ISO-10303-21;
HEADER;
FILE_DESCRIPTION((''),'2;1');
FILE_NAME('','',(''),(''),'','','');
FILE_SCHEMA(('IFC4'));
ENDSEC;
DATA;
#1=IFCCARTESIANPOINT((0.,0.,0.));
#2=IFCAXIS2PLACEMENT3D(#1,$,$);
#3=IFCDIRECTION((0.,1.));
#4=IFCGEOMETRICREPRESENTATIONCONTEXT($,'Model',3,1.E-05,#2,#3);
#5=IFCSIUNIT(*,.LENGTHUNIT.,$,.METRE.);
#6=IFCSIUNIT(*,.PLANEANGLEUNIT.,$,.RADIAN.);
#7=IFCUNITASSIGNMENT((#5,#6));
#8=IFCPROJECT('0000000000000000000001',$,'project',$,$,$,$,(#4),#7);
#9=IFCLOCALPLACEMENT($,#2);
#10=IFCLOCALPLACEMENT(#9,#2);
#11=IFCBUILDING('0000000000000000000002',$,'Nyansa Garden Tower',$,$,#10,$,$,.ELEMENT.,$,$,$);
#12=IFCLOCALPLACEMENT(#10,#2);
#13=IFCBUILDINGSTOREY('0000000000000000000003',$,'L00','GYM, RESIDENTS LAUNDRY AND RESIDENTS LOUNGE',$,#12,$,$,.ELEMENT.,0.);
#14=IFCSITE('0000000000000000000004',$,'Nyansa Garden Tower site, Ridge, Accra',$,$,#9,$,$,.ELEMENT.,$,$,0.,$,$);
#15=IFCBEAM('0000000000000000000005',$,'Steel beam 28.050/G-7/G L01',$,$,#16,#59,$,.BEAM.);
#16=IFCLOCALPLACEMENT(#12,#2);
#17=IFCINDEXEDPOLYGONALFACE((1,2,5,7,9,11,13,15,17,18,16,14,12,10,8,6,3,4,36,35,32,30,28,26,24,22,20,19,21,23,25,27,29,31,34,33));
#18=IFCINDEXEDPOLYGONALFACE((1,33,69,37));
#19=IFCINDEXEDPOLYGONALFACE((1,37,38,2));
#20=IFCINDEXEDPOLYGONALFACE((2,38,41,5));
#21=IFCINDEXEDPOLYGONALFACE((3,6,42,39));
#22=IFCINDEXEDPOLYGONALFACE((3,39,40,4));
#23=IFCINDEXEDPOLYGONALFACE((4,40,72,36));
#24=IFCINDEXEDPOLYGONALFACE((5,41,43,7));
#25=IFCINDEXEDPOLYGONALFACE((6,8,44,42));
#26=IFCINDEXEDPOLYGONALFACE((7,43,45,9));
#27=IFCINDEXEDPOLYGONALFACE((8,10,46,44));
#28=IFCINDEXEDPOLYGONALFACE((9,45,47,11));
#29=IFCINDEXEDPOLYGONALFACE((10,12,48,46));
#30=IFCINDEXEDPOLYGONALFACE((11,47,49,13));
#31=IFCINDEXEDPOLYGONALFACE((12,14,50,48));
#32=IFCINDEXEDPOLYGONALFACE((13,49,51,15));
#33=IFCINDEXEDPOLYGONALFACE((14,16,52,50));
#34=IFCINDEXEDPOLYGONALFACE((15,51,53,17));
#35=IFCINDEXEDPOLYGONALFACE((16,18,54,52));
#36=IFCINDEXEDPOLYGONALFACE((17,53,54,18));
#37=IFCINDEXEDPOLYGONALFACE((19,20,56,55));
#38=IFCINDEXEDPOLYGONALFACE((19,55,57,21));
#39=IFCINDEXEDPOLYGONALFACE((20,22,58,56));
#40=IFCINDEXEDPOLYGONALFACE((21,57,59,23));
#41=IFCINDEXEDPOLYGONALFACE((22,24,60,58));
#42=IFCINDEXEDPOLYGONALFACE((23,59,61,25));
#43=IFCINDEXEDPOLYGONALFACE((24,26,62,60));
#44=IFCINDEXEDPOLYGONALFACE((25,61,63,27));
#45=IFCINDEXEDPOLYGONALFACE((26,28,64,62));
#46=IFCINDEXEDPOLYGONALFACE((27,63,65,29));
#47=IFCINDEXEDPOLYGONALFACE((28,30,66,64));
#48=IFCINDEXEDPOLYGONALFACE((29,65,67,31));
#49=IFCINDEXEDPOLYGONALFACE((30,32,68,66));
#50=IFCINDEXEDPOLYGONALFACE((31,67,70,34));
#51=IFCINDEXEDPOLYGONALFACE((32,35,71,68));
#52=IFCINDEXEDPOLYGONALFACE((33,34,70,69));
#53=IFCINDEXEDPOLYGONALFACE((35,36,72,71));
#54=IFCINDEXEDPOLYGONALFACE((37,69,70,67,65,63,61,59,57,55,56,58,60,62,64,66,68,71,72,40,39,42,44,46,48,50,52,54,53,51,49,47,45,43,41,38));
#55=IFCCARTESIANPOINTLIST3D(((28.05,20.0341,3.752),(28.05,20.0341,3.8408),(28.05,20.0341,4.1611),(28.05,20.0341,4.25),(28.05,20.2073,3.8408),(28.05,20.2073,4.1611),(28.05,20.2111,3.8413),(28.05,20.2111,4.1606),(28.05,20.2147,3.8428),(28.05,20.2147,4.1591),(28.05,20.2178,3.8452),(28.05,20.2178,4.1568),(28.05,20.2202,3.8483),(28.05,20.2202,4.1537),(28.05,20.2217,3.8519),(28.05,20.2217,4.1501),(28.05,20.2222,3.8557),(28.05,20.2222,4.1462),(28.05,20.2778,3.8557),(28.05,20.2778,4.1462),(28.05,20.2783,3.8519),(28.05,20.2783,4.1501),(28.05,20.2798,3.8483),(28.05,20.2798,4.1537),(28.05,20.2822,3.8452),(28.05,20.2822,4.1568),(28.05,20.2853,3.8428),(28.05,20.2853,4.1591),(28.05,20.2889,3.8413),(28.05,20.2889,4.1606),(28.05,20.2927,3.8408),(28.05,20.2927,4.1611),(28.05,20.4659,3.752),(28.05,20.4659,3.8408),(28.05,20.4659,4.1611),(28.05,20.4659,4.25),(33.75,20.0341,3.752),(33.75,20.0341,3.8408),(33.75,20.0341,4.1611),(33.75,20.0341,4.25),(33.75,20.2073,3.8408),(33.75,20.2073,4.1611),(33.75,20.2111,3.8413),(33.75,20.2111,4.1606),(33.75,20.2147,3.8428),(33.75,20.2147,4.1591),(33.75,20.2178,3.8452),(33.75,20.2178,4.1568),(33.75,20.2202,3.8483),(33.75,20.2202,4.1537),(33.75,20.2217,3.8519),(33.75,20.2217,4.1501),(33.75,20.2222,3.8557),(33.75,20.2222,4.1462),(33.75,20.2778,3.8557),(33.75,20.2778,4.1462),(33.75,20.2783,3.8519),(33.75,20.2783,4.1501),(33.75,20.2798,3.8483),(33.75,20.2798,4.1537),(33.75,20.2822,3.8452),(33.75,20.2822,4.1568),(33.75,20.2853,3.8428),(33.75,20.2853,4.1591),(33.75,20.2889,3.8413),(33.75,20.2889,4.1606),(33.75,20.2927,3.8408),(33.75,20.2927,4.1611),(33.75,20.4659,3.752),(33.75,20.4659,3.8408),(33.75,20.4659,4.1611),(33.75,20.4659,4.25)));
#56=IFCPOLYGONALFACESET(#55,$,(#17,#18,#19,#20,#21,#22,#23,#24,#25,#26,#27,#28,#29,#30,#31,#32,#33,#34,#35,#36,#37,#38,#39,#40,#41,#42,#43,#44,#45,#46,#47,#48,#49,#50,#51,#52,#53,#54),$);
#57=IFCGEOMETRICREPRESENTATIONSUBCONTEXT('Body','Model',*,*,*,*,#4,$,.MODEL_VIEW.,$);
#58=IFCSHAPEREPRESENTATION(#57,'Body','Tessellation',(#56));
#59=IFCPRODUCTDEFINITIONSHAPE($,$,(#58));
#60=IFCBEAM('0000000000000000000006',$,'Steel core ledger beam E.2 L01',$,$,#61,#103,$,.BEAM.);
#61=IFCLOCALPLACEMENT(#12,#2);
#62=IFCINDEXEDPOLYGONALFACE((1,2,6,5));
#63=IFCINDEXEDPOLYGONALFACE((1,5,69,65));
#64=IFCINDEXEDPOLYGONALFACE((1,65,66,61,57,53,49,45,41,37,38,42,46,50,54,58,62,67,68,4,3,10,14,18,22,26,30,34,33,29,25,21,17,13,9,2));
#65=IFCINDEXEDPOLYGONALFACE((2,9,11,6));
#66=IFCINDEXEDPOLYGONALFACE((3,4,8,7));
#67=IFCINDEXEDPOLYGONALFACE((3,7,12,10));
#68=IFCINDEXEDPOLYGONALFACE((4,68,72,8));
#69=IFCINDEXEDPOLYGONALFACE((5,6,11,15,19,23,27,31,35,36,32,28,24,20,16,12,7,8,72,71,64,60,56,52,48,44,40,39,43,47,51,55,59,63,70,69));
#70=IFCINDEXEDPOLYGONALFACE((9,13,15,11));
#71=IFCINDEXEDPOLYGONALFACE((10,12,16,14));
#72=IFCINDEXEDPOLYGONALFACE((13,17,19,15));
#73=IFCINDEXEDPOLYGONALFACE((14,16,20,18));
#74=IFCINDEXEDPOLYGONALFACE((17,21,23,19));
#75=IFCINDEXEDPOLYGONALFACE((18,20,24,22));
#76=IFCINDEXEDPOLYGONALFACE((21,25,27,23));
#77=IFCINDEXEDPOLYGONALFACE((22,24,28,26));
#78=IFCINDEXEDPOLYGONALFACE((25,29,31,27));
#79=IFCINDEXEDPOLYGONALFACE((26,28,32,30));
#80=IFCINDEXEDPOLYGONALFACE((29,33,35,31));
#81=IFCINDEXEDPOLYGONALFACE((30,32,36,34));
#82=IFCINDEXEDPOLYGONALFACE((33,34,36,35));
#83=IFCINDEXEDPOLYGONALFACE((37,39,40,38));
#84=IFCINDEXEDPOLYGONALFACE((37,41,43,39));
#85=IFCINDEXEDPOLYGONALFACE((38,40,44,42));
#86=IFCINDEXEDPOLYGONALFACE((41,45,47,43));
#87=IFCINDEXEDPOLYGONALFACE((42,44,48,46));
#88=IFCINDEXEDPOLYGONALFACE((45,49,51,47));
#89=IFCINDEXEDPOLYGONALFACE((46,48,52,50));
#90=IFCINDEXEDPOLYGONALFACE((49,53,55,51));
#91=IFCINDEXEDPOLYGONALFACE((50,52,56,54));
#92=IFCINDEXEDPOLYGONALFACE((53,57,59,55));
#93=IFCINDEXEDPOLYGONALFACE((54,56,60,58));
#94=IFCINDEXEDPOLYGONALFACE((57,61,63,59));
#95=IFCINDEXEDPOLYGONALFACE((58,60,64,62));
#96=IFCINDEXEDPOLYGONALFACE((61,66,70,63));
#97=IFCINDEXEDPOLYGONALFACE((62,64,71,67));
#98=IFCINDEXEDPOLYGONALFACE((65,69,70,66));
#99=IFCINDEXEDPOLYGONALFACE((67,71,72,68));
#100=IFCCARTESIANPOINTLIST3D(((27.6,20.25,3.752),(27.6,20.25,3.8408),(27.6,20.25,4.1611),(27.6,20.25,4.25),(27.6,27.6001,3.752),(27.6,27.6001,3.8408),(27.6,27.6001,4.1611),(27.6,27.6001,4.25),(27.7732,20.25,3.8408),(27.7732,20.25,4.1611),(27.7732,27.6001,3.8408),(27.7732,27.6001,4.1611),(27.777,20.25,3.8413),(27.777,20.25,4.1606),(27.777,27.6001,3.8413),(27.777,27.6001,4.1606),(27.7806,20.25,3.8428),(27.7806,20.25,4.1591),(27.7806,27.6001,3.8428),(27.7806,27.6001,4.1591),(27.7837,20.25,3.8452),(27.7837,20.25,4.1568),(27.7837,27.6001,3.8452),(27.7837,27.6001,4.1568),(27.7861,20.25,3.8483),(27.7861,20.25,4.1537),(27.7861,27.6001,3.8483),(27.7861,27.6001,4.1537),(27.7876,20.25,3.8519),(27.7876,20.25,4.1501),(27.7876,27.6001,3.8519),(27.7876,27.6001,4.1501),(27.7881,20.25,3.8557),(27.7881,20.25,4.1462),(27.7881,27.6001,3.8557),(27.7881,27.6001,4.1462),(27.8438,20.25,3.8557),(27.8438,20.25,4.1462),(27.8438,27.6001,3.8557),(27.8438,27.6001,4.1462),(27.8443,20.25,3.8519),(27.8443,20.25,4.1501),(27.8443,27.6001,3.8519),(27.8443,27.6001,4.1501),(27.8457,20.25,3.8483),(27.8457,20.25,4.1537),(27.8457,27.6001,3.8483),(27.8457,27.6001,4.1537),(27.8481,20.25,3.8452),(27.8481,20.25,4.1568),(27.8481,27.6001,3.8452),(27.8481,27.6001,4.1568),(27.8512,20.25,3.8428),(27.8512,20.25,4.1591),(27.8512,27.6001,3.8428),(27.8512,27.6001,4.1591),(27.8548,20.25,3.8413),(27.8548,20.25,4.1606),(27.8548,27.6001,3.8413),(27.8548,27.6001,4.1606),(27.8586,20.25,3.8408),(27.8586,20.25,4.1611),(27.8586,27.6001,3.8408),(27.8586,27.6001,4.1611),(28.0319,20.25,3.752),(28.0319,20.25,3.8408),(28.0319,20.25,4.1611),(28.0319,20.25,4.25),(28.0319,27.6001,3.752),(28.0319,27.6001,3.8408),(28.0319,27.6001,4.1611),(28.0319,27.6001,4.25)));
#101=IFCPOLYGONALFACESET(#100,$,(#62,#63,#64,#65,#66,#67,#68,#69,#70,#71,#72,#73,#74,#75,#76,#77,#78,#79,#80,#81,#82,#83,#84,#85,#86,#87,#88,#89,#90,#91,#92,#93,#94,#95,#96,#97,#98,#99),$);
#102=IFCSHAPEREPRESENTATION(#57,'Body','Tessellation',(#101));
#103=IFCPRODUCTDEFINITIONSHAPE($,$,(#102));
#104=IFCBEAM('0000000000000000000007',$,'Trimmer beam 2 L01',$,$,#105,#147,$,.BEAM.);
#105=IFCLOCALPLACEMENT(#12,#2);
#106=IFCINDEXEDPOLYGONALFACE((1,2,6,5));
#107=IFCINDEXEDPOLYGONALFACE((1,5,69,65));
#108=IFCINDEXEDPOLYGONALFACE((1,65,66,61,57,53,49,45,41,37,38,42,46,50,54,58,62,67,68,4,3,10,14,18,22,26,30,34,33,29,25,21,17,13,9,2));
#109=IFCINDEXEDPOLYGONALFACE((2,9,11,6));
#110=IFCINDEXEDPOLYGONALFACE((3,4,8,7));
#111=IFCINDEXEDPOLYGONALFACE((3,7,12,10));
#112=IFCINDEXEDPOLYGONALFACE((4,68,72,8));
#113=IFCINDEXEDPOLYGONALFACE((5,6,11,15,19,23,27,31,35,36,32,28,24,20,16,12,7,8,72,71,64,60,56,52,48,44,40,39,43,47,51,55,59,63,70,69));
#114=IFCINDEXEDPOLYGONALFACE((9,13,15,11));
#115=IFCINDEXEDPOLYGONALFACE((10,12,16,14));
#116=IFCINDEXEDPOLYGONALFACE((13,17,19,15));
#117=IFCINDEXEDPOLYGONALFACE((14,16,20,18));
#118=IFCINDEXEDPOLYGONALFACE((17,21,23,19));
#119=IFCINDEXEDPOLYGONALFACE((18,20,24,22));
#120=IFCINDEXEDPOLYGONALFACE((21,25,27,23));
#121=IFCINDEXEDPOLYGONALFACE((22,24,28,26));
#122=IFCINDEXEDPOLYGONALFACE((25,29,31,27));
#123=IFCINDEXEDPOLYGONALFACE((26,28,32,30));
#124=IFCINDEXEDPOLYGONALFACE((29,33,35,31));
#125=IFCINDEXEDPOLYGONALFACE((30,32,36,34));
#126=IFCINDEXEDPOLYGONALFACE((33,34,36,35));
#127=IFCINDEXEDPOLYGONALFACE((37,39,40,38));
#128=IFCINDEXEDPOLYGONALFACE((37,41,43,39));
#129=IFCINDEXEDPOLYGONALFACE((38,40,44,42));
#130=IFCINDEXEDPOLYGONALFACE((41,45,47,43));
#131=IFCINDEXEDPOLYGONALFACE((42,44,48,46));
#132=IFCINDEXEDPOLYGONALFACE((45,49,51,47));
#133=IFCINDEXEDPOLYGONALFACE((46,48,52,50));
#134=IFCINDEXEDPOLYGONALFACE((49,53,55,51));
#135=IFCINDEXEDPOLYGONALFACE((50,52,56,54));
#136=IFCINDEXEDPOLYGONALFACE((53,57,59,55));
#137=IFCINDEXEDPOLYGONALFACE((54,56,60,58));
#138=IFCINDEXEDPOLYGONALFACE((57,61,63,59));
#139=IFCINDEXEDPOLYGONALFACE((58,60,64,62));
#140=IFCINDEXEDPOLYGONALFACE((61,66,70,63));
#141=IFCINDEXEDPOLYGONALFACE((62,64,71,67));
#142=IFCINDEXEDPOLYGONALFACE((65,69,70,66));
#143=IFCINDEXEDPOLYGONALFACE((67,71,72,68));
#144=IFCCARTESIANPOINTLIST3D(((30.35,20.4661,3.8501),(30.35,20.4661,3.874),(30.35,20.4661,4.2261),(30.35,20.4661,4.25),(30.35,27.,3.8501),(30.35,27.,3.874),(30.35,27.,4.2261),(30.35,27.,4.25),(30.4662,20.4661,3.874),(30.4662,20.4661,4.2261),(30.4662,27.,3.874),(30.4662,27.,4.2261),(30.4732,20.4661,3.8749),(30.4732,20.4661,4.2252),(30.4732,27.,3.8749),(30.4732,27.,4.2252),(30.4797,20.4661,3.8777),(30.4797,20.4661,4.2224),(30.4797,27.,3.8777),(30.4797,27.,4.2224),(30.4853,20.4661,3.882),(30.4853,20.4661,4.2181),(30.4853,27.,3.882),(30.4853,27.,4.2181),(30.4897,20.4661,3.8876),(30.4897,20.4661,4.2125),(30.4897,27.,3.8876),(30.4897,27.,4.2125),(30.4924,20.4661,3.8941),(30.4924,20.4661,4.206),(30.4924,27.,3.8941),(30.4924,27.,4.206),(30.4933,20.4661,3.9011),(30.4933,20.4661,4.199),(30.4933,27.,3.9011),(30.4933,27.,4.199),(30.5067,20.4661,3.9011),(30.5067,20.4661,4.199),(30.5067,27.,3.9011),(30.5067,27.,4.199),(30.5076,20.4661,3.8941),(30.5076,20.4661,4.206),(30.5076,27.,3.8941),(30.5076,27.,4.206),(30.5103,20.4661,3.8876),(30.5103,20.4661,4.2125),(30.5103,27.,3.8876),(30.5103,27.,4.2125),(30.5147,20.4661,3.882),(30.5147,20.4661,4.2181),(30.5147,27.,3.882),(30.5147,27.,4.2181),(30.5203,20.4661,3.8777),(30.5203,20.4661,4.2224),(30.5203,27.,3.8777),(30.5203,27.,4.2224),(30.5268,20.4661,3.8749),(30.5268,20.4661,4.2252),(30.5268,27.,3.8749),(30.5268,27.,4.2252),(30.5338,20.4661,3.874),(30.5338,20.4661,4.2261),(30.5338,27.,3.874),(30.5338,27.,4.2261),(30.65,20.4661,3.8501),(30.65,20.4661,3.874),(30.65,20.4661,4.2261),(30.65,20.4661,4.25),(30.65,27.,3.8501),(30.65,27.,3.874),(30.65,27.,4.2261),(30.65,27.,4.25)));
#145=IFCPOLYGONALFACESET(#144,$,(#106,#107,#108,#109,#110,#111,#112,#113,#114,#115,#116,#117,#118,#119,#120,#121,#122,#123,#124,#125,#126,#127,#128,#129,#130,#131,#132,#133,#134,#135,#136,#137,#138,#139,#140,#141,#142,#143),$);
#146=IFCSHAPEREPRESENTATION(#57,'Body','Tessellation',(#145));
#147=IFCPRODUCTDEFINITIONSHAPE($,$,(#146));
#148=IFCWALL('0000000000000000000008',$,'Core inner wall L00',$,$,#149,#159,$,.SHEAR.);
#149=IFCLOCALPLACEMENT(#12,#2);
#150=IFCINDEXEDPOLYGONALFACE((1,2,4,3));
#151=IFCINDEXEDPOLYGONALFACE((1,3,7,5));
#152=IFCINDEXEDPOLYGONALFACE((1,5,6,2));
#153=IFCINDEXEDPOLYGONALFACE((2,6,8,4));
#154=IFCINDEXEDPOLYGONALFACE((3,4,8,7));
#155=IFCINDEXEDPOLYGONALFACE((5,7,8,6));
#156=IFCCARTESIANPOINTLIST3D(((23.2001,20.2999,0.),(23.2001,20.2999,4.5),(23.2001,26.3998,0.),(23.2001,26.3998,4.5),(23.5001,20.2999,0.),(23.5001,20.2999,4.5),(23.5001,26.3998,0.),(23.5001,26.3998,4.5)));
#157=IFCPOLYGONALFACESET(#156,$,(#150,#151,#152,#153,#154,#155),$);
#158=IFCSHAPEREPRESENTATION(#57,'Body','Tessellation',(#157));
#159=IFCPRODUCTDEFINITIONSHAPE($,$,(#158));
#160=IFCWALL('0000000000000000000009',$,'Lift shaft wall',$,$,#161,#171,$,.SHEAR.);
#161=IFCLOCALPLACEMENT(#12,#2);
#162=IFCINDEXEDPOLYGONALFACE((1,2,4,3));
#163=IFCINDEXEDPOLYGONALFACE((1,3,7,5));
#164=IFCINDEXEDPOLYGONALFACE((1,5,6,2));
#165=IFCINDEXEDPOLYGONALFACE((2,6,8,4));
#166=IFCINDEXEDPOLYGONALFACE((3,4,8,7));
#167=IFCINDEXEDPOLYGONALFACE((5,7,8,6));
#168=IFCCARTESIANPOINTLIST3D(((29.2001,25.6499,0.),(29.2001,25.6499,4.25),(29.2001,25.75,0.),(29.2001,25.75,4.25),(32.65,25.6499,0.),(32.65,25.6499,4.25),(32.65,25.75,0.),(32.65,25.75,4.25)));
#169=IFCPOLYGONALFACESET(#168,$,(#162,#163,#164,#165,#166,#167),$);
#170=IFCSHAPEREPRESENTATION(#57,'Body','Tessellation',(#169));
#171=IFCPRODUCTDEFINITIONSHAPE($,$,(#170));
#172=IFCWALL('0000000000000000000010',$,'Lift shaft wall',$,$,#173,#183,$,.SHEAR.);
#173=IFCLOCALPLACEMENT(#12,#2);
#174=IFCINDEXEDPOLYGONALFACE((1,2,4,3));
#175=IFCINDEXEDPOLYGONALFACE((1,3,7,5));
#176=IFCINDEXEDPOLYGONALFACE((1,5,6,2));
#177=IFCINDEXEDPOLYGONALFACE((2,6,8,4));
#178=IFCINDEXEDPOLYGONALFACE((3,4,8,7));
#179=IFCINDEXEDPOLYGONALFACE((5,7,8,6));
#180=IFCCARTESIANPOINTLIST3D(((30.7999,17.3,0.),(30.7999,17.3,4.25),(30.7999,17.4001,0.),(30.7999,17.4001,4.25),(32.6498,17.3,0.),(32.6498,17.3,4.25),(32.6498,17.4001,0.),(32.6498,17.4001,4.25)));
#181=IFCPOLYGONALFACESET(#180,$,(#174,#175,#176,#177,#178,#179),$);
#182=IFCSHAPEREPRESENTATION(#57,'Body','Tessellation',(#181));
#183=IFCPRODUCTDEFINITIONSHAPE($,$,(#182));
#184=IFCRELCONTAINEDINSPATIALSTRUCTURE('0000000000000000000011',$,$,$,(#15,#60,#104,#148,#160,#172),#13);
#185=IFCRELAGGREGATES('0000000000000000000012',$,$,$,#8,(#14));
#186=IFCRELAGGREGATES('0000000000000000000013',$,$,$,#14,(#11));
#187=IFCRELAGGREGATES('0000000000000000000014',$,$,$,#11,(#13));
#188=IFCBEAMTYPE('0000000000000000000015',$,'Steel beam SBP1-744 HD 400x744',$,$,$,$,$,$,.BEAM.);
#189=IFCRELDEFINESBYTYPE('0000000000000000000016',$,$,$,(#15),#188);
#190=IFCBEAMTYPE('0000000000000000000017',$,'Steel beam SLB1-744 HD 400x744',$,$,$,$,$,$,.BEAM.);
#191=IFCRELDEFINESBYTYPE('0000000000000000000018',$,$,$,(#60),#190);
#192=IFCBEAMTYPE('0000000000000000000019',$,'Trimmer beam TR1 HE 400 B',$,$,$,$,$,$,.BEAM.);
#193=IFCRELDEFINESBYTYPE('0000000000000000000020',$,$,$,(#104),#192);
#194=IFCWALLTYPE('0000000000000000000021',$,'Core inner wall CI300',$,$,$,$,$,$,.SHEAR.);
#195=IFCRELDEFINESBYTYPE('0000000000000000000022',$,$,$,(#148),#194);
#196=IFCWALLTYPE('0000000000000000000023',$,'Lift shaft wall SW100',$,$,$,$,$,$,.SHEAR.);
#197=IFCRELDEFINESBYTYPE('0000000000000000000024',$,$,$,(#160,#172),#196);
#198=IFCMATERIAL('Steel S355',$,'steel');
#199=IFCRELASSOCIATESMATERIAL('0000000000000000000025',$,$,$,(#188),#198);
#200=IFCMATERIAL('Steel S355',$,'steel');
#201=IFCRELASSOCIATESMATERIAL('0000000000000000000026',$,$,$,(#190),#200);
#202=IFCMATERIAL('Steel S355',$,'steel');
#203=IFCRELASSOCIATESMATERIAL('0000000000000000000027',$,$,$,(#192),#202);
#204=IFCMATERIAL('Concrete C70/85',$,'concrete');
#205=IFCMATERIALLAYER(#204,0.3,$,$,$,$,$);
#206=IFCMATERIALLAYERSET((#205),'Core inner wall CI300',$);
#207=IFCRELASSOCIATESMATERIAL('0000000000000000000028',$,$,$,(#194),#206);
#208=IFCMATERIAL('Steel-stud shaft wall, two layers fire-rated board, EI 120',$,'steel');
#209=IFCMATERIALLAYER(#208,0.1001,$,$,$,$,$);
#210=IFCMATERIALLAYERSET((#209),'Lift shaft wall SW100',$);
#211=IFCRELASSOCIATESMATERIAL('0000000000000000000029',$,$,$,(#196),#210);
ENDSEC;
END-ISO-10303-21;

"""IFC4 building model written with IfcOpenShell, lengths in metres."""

from ifc_helpers import new_model, si_unit, direction, frame, frame_2d, origin, origin_2d, place, context, subcontext, project, spatial, rectangle, i_section, extrude, material, layer, layer_set, material_profile, profile_set, type_object, element, save


model = new_model("IFC4")

# Units and contexts
model_context = context("Model", 3, precision=1e-05, world=origin(), true_north=direction((0.0, 1.0)))
body_context = subcontext(model_context, "Body", "Model", "MODEL_VIEW")
ifc_project = project(units=[si_unit("LENGTHUNIT", "METRE"), si_unit("PLANEANGLEUNIT", "RADIAN")], contexts=[model_context])

# Site, building, storey
site_placement = place(None, origin())
site = spatial("IfcSite", under=ifc_project, at=site_placement, Name="Nyansa Garden Tower site, Ridge, Accra", CompositionType="ELEMENT", RefElevation=0.0)
building_placement = place(site_placement, origin())
building = spatial("IfcBuilding", under=site, at=building_placement, Name="Nyansa Garden Tower", CompositionType="ELEMENT")
storey_placement = place(building_placement, origin())
storey = spatial("IfcBuildingStorey", under=building, at=storey_placement, Name="L00", Description="GYM, RESIDENTS LAUNDRY AND RESIDENTS LOUNGE", CompositionType="ELEMENT", Elevation=0.0)

# Beams
ifc_material_1 = material(Name="Steel S355", Category="steel")
ifc_material_profile_1 = material_profile(ifc_material_1, i_section(OverallWidth=0.4319, OverallDepth=0.498, WebThickness=0.0557, FlangeThickness=0.0889, FilletRadius=0.0149, at=origin_2d()), Name="HD 400x744")
ifc_profile_set_1 = profile_set([ifc_material_profile_1], Name="Steel S355")
beam_type_1 = type_object("IfcBeamType", Name="Steel beam SBP1-744 HD 400x744", PredefinedType="BEAM", material=ifc_profile_set_1)
beam_1_placement = place(storey_placement, frame((28.05, 20.25, 4.001), z_axis=(1.0, 0.0, 0.0), x_axis=(0.0, 1.0, 0.0)))
element("IfcBeam", 1, at=beam_1_placement, inside=storey, type_object=beam_type_1, Name="Steel beam 28.050/G-7/G L01", PredefinedType="BEAM", context=body_context, shape_type="SweptSolid", body=[
    extrude(i_section(OverallWidth=0.4319, OverallDepth=0.498, WebThickness=0.0557, FlangeThickness=0.0889, FilletRadius=0.0149, at=origin_2d()), origin(), (0.0, 0.0, 1.0), 5.7),
])
ifc_material_2 = material(Name="Steel S355", Category="steel")
ifc_material_profile_2 = material_profile(ifc_material_2, i_section(OverallWidth=0.4319, OverallDepth=0.498, WebThickness=0.0557, FlangeThickness=0.0889, FilletRadius=0.0149, at=origin_2d()), Name="HD 400x744")
ifc_profile_set_2 = profile_set([ifc_material_profile_2], Name="Steel S355")
beam_type_2 = type_object("IfcBeamType", Name="Steel beam SLB1-744 HD 400x744", PredefinedType="BEAM", material=ifc_profile_set_2)
beam_2_placement = place(storey_placement, frame((27.8159, 20.25, 4.001), z_axis=(0.0, 1.0, 0.0), x_axis=(-1.0, 0.0, 0.0)))
element("IfcBeam", 2, at=beam_2_placement, inside=storey, type_object=beam_type_2, Name="Steel core ledger beam E.2 L01", PredefinedType="BEAM", context=body_context, shape_type="SweptSolid", body=[
    extrude(i_section(OverallWidth=0.4319, OverallDepth=0.498, WebThickness=0.0557, FlangeThickness=0.0889, FilletRadius=0.0149, at=origin_2d()), origin(), (0.0, 0.0, 1.0), 7.3501),
])
ifc_material_3 = material(Name="Steel S355", Category="steel")
ifc_material_profile_3 = material_profile(ifc_material_3, i_section(OverallWidth=0.3, OverallDepth=0.3999, WebThickness=0.0134, FlangeThickness=0.0239, FilletRadius=0.0271, at=origin_2d()), Name="HE 400 B")
ifc_profile_set_3 = profile_set([ifc_material_profile_3], Name="Steel S355")
beam_type_3 = type_object("IfcBeamType", Name="Trimmer beam TR1 HE 400 B", PredefinedType="BEAM", material=ifc_profile_set_3)
beam_3_placement = place(storey_placement, frame((30.5, 20.4661, 4.05), z_axis=(0.0, 1.0, 0.0), x_axis=(-1.0, 0.0, 0.0)))
element("IfcBeam", 3, at=beam_3_placement, inside=storey, type_object=beam_type_3, Name="Trimmer beam 2 L01", PredefinedType="BEAM", context=body_context, shape_type="SweptSolid", body=[
    extrude(i_section(OverallWidth=0.3, OverallDepth=0.3999, WebThickness=0.0134, FlangeThickness=0.0239, FilletRadius=0.0271, at=origin_2d()), origin(), (0.0, 0.0, 1.0), 6.5339),
])

# Walls
ifc_material_4 = material(Name="Concrete C70/85", Category="concrete")
ifc_layer_1 = layer(ifc_material_4, 0.3)
ifc_layer_set_1 = layer_set([ifc_layer_1], Name="Core inner wall CI300")
wall_type_1 = type_object("IfcWallType", Name="Core inner wall CI300", PredefinedType="SHEAR", material=ifc_layer_set_1)
wall_1_placement = place(storey_placement, frame((23.3501, 20.3, 0.0), z_axis=(0.0, 0.0, 1.0), x_axis=(0.0, 1.0, 0.0)))
element("IfcWall", 4, at=wall_1_placement, inside=storey, type_object=wall_type_1, Name="Core inner wall L00", PredefinedType="SHEAR", context=body_context, shape_type="SweptSolid", body=[
    extrude(rectangle(XDim=6.0999, YDim=0.3, at=frame_2d((3.0498, 0.0))), origin(), (0.0, 0.0, 1.0), 4.5),
])
ifc_material_5 = material(Name="Steel-stud shaft wall, two layers fire-rated board, EI 120", Category="steel")
ifc_layer_2 = layer(ifc_material_5, 0.1001)
ifc_layer_set_2 = layer_set([ifc_layer_2], Name="Lift shaft wall SW100")
wall_type_2 = type_object("IfcWallType", Name="Lift shaft wall SW100", PredefinedType="SHEAR", material=ifc_layer_set_2)
wall_2_placement = place(storey_placement, frame((29.2, 25.7, 0.0), z_axis=(0.0, 0.0, 1.0), x_axis=(1.0, 0.0, 0.0)))
element("IfcWall", 5, at=wall_2_placement, inside=storey, type_object=wall_type_2, Name="Lift shaft wall", PredefinedType="SHEAR", context=body_context, shape_type="SweptSolid", body=[
    extrude(rectangle(XDim=3.45, YDim=0.1001, at=frame_2d((1.7251, 0.0))), origin(), (0.0, 0.0, 1.0), 4.25),
])
for number, where, z_axis, x_axis, name in (
    (6, (30.8, 17.3501, 0.0), (0.0, 0.0, 1.0), (1.0, 0.0, 0.0), "Lift shaft wall"),
):
    element("IfcWall", number, at=place(storey_placement, frame(where, z_axis=z_axis, x_axis=x_axis)), inside=storey, type_object=wall_type_2, Name=name, PredefinedType="SHEAR", context=body_context, shape_type="SweptSolid", body=[
        extrude(rectangle(XDim=1.8499, YDim=0.1001, at=frame_2d((0.9248, 0.0))), origin(), (0.0, 0.0, 1.0), 4.25),
    ])

save(model, "model.ifc")
